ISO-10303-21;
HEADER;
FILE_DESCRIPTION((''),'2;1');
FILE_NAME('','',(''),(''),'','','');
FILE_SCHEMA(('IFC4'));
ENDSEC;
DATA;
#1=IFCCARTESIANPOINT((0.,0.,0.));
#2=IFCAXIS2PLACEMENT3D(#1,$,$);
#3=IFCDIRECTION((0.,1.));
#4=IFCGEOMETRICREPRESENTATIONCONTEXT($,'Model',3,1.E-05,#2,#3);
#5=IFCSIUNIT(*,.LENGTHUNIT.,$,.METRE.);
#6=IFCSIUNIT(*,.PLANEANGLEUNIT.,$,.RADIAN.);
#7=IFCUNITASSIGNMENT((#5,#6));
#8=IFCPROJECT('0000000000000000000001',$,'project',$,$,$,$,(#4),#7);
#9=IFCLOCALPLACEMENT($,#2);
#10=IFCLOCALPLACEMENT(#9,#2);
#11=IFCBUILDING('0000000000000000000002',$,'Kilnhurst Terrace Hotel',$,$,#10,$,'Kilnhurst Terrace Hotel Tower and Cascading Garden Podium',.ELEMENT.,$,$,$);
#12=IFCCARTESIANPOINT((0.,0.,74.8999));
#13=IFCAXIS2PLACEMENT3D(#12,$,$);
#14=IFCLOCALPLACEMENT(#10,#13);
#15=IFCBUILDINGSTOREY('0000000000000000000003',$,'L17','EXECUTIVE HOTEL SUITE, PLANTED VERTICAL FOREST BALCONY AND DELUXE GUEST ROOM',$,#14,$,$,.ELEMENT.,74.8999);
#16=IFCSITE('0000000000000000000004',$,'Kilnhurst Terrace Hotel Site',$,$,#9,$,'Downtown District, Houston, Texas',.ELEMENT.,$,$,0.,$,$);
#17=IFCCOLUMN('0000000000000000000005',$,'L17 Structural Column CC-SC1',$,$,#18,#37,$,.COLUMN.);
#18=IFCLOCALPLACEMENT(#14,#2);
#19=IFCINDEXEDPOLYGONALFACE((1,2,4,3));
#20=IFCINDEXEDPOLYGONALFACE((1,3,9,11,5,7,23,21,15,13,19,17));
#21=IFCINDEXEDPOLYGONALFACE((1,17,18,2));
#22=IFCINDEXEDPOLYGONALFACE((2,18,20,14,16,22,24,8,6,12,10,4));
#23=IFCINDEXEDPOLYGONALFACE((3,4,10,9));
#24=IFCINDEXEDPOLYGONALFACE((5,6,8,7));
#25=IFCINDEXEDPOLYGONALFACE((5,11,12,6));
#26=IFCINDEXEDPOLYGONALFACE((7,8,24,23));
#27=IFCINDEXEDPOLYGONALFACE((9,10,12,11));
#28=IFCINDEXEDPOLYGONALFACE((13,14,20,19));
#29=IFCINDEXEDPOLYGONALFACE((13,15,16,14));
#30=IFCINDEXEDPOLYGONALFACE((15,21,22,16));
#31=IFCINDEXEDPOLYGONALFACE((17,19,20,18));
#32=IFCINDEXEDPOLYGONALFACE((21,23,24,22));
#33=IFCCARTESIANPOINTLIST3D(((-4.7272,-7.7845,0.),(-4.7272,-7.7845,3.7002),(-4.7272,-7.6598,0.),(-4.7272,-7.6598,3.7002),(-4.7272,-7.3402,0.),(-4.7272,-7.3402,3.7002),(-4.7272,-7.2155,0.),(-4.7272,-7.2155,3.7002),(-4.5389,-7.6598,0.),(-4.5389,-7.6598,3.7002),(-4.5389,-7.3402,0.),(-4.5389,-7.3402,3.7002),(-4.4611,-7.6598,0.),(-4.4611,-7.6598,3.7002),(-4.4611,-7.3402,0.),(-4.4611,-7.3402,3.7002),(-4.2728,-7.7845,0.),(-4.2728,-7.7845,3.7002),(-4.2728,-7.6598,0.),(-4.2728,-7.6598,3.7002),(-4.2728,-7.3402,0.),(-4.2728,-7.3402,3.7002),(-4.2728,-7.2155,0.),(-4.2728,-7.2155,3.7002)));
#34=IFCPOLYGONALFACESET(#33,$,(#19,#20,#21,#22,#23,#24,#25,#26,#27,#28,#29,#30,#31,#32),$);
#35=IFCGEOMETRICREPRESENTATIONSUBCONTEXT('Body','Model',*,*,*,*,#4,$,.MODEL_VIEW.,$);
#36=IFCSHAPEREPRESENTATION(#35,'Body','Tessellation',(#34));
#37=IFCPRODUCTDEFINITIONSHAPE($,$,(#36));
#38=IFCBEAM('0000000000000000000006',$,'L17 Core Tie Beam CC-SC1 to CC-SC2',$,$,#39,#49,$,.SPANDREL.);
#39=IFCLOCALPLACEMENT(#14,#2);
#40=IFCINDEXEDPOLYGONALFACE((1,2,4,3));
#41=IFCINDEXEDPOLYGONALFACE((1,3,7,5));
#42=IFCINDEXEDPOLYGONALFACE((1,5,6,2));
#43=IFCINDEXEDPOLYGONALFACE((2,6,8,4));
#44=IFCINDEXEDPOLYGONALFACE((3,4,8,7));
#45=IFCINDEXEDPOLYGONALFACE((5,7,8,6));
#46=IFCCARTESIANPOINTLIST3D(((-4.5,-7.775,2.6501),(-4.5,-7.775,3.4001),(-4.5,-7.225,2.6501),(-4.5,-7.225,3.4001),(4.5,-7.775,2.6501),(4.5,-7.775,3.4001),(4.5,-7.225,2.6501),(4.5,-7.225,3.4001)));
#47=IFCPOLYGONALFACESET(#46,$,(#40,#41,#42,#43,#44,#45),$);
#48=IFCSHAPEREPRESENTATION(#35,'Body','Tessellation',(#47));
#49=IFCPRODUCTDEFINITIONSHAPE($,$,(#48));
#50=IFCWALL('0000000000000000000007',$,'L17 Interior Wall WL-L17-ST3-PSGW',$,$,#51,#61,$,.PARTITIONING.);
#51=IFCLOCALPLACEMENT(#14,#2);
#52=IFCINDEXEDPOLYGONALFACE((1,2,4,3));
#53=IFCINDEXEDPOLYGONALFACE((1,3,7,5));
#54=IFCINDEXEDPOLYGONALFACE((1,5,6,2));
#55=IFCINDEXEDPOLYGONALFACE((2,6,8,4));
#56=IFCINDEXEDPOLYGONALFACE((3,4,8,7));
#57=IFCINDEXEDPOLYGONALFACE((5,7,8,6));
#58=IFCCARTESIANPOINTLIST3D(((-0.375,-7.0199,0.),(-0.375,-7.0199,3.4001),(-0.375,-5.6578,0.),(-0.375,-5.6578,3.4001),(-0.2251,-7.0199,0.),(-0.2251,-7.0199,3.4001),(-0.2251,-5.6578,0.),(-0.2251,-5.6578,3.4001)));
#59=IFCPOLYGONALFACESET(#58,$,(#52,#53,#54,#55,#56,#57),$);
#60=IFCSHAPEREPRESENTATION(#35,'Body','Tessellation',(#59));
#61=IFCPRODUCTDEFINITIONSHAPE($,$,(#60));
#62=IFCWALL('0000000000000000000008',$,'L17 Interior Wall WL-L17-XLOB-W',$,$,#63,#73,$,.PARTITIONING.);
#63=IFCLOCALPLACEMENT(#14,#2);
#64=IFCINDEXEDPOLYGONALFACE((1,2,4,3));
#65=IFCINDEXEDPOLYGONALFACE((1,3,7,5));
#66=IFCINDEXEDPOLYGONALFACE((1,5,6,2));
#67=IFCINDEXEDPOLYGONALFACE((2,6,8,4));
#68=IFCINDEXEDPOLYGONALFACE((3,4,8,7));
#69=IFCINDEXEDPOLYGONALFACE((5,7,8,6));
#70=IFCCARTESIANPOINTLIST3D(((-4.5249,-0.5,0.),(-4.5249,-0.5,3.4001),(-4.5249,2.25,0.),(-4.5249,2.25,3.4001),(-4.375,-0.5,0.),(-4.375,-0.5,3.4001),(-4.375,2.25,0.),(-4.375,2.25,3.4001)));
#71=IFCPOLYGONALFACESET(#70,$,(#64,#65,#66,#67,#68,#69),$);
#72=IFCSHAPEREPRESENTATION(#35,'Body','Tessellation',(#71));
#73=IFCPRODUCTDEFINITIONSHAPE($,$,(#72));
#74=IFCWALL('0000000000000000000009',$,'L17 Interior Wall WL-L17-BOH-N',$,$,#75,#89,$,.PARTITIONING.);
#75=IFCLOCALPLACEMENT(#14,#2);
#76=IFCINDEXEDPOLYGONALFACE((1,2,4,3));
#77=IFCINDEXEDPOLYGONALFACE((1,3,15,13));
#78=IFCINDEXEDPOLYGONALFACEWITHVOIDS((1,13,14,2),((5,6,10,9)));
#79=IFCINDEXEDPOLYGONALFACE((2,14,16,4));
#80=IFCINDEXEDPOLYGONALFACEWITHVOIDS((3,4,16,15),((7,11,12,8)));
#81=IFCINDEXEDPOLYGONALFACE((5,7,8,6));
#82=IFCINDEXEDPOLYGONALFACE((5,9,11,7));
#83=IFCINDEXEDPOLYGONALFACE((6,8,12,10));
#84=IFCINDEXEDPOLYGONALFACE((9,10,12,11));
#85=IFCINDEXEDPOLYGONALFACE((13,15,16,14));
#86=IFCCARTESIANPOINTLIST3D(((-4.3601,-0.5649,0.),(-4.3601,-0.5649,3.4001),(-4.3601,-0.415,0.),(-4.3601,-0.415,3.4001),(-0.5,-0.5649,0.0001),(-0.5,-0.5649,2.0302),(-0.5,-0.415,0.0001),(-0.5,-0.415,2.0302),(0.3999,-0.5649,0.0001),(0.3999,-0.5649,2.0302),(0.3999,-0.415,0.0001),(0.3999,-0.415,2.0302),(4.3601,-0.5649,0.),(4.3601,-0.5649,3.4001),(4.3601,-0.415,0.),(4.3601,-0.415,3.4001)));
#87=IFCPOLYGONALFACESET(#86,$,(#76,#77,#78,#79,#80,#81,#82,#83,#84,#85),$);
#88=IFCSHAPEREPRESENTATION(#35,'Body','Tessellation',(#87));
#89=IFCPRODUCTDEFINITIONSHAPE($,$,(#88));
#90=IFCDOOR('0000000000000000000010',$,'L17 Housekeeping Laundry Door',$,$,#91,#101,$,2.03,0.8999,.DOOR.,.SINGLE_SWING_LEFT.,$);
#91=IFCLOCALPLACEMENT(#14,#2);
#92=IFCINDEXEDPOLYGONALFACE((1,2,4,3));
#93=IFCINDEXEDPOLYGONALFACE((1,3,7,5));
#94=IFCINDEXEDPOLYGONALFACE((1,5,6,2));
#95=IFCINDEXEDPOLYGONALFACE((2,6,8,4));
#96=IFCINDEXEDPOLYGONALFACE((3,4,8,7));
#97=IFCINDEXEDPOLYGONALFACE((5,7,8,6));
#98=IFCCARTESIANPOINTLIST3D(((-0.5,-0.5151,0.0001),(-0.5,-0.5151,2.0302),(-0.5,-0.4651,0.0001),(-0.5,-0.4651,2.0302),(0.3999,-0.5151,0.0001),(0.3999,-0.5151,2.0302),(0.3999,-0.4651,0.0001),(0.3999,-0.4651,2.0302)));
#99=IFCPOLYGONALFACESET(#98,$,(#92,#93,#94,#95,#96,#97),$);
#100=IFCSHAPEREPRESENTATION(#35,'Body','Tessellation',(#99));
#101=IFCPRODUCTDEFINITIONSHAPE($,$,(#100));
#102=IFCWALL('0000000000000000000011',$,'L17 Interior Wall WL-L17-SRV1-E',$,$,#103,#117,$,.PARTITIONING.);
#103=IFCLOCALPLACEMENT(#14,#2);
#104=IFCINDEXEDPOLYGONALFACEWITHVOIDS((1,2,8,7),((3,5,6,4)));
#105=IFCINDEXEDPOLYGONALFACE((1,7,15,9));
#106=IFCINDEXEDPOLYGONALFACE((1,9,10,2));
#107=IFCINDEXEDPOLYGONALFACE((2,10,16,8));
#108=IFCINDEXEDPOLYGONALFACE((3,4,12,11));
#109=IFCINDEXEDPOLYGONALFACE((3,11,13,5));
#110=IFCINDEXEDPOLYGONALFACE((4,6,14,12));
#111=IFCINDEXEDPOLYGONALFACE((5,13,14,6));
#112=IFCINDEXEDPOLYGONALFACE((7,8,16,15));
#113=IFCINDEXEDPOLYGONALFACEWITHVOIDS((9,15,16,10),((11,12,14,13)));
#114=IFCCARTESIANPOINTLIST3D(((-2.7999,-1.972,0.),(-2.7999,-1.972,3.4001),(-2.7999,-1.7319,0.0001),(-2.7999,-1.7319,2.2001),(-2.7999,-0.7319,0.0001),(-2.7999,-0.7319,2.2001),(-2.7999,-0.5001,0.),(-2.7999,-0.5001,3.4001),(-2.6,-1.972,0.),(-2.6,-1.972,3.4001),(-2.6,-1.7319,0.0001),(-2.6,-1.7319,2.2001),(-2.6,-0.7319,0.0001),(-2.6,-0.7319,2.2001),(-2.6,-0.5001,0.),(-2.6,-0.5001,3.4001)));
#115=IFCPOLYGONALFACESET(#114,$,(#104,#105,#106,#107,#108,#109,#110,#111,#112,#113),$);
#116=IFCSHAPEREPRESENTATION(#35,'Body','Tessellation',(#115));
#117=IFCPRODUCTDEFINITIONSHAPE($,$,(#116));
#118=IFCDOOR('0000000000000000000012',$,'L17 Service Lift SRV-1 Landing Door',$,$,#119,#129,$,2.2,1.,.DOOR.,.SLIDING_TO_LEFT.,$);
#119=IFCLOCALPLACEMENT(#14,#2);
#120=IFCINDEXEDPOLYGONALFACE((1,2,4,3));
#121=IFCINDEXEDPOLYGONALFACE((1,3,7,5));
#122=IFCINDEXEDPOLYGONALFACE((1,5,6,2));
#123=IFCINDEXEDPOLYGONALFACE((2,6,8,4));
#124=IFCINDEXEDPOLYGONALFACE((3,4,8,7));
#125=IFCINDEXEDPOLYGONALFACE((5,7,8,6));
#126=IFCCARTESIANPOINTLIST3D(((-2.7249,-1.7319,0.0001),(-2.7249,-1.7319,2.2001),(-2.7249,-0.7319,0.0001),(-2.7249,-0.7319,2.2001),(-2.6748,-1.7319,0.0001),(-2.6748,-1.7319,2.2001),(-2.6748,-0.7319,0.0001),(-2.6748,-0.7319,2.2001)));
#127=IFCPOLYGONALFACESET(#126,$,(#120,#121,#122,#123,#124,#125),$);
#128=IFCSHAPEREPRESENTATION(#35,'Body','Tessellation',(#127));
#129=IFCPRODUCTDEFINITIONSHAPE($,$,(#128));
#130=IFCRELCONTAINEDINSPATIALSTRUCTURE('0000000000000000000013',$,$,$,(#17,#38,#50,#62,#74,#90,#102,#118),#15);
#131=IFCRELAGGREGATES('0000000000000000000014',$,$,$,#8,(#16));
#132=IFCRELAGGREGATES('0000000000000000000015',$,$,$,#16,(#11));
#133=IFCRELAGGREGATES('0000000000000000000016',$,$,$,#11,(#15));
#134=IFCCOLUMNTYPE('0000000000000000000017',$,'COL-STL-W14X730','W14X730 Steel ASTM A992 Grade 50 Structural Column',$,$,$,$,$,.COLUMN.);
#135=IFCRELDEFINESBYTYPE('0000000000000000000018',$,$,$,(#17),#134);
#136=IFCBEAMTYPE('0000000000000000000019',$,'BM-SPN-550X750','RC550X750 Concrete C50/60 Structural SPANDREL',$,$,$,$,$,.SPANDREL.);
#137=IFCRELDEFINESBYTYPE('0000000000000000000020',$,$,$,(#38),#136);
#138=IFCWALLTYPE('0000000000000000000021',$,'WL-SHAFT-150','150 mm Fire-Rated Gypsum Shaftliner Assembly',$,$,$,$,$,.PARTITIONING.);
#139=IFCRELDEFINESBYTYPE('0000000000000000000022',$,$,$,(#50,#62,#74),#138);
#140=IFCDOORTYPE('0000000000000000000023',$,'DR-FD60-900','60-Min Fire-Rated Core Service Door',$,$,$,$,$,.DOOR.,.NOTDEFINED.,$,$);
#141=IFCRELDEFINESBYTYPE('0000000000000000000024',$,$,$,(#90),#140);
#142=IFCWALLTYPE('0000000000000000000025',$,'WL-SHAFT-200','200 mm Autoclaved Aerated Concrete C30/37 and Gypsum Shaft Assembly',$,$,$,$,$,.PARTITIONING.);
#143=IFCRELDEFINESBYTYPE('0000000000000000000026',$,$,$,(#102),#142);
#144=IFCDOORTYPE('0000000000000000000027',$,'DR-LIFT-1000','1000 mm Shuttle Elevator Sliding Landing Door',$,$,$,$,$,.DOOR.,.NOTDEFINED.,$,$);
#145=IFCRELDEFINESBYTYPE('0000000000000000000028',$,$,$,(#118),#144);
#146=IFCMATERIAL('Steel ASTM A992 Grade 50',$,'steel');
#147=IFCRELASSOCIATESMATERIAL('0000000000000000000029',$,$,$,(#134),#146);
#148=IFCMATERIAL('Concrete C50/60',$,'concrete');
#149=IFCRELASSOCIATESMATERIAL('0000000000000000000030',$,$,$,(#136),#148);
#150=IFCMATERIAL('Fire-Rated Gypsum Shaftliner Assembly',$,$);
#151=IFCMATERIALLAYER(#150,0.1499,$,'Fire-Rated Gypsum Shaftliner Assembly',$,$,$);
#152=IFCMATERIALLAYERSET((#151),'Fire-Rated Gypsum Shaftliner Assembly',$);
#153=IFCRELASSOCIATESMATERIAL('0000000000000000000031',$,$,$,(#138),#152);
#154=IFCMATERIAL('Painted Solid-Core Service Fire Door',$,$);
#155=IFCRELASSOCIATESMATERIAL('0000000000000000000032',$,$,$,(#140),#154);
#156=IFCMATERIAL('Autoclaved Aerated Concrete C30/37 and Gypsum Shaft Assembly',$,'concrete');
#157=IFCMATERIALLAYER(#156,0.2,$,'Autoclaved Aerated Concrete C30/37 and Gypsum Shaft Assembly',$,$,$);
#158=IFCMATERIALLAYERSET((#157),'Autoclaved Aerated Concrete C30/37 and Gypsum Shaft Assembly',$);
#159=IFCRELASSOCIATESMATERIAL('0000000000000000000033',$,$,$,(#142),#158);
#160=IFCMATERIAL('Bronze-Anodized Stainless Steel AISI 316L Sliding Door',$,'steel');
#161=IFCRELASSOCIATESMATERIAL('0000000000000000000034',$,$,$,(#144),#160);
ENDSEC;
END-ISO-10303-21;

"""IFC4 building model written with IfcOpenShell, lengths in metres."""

from ifc_helpers import new_model, si_unit, direction, frame, frame_2d, origin, origin_2d, place, context, subcontext, project, spatial, rectangle, i_section, extrude, material, layer, layer_set, material_profile, profile_set, type_object, element, fill, save


model = new_model("IFC4")

# Units and contexts
model_context = context("Model", 3, precision=1e-05, world=origin(), true_north=direction((0.0, 1.0)))
body_context = subcontext(model_context, "Body", "Model", "MODEL_VIEW")
ifc_project = project(units=[si_unit("LENGTHUNIT", "METRE"), si_unit("PLANEANGLEUNIT", "RADIAN")], contexts=[model_context])

# Site, building, storey
site_placement = place(None, origin())
site = spatial("IfcSite", under=ifc_project, at=site_placement, Name="Kilnhurst Terrace Hotel Site", LongName="Downtown District, Houston, Texas", CompositionType="ELEMENT", RefElevation=0.0)
building_placement = place(site_placement, origin())
building = spatial("IfcBuilding", under=site, at=building_placement, Name="Kilnhurst Terrace Hotel", LongName="Kilnhurst Terrace Hotel Tower and Cascading Garden Podium", CompositionType="ELEMENT")
storey_placement = place(building_placement, frame((0.0, 0.0, 74.8999)))
storey = spatial("IfcBuildingStorey", under=building, at=storey_placement, Name="L17", Description="EXECUTIVE HOTEL SUITE, PLANTED VERTICAL FOREST BALCONY AND DELUXE GUEST ROOM", CompositionType="ELEMENT", Elevation=74.8999)

# Column
ifc_material_1 = material(Name="Steel ASTM A992 Grade 50", Category="steel")
ifc_material_profile_1 = material_profile(ifc_material_1, i_section(OverallWidth=0.4543, OverallDepth=0.5691, WebThickness=0.0779, FlangeThickness=0.1248, at=origin_2d()), Name="W14X730")
ifc_profile_set_1 = profile_set([ifc_material_profile_1], Name="Steel ASTM A992 Grade 50")
column_type = type_object("IfcColumnType", Name="COL-STL-W14X730", Description="W14X730 Steel ASTM A992 Grade 50 Structural Column", PredefinedType="COLUMN", material=ifc_profile_set_1)
column_placement = place(storey_placement, frame((-4.5, -7.5, 0.0), z_axis=(0.0, 0.0, 1.0), x_axis=(1.0, 0.0, 0.0)))
element("IfcColumn", 1, at=column_placement, inside=storey, type_object=column_type, Name="L17 Structural Column CC-SC1", PredefinedType="COLUMN", context=body_context, shape_type="SweptSolid", body=[
    extrude(i_section(OverallWidth=0.4543, OverallDepth=0.5691, WebThickness=0.0779, FlangeThickness=0.1248, at=origin_2d()), origin(), (0.0, 0.0, 1.0), 3.7002),
])

# Beam
ifc_material_2 = material(Name="Concrete C50/60", Category="concrete")
ifc_material_profile_2 = material_profile(ifc_material_2, rectangle(XDim=0.55, YDim=0.75, at=origin_2d()), Name="RC550X750")
ifc_profile_set_2 = profile_set([ifc_material_profile_2], Name="Concrete C50/60")
beam_type = type_object("IfcBeamType", Name="BM-SPN-550X750", Description="RC550X750 Concrete C50/60 Structural SPANDREL", PredefinedType="SPANDREL", material=ifc_profile_set_2)
beam_placement = place(storey_placement, frame((-4.5, -7.5, 3.0251), z_axis=(1.0, 0.0, 0.0), x_axis=(0.0, 1.0, 0.0)))
element("IfcBeam", 2, at=beam_placement, inside=storey, type_object=beam_type, Name="L17 Core Tie Beam CC-SC1 to CC-SC2", PredefinedType="SPANDREL", context=body_context, shape_type="SweptSolid", body=[
    extrude(rectangle(XDim=0.55, YDim=0.75, at=origin_2d()), origin(), (0.0, 0.0, 1.0), 9.0),
])

# Walls
ifc_material_3 = material(Name="Fire-Rated Gypsum Shaftliner Assembly")
ifc_layer_1 = layer(ifc_material_3, 0.1499, Name="Fire-Rated Gypsum Shaftliner Assembly")
ifc_layer_set_1 = layer_set([ifc_layer_1], Name="Fire-Rated Gypsum Shaftliner Assembly")
wall_type_1 = type_object("IfcWallType", Name="WL-SHAFT-150", Description="150 mm Fire-Rated Gypsum Shaftliner Assembly", PredefinedType="PARTITIONING", material=ifc_layer_set_1)
wall_1_placement = place(storey_placement, frame((-0.3, -7.02, 0.0), z_axis=(0.0, 0.0, 1.0), x_axis=(0.0, 1.0, 0.0)))
element("IfcWall", 3, at=wall_1_placement, inside=storey, type_object=wall_type_1, Name="L17 Interior Wall WL-L17-ST3-PSGW", PredefinedType="PARTITIONING", context=body_context, shape_type="SweptSolid", body=[
    extrude(rectangle(XDim=1.3621, YDim=0.1499, at=frame_2d((0.6812, 0.0))), origin(), (0.0, 0.0, 1.0), 3.4001),
])
wall_2_placement = place(storey_placement, frame((-4.45, -0.5, 0.0), z_axis=(0.0, 0.0, 1.0), x_axis=(0.0, 1.0, 0.0)))
element("IfcWall", 4, at=wall_2_placement, inside=storey, type_object=wall_type_1, Name="L17 Interior Wall WL-L17-XLOB-W", PredefinedType="PARTITIONING", context=body_context, shape_type="SweptSolid", body=[
    extrude(rectangle(XDim=2.75, YDim=0.1499, at=frame_2d((1.375, 0.0))), origin(), (0.0, 0.0, 1.0), 3.4001),
])

# Walls, openings, doors
wall_3_placement = place(storey_placement, frame((-4.3601, -0.49, 0.0), z_axis=(0.0, 0.0, 1.0), x_axis=(1.0, 0.0, 0.0)))
wall_3 = element("IfcWall", 5, at=wall_3_placement, inside=storey, type_object=wall_type_1, Name="L17 Interior Wall WL-L17-BOH-N", PredefinedType="PARTITIONING", context=body_context, shape_type="SweptSolid", body=[
    extrude(rectangle(XDim=8.7202, YDim=0.1499, at=frame_2d((4.3601, 0.0))), origin(), (0.0, 0.0, 1.0), 3.4001),
])
opening_1_placement = place(wall_3_placement, frame((3.8601, 0.0, 0.0)))
opening_1 = element("IfcOpeningElement", 6, at=opening_1_placement, cuts=wall_3, PredefinedType="OPENING", context=body_context, shape_type="SweptSolid", body=[
    extrude(rectangle(XDim=0.8999, YDim=2.03, at=frame_2d((0.45, 1.0151))), frame((0.0, 0.085, 0.0), z_axis=(0.0, -1.0, 0.0), x_axis=(1.0, 0.0, 0.0)), (0.0, 0.0, 1.0), 0.1699),
])
ifc_material_4 = material(Name="Painted Solid-Core Service Fire Door")
door_type_1 = type_object("IfcDoorType", Name="DR-FD60-900", Description="60-Min Fire-Rated Core Service Door", OperationType="NOTDEFINED", PredefinedType="DOOR", material=ifc_material_4)
door_1_placement = place(opening_1_placement, origin())
door_1 = element("IfcDoor", 7, at=door_1_placement, inside=storey, type_object=door_type_1, Name="L17 Housekeeping Laundry Door", OperationType="SINGLE_SWING_LEFT", OverallHeight=2.03, OverallWidth=0.8999, PredefinedType="DOOR", context=body_context, shape_type="SweptSolid", body=[
    extrude(rectangle(XDim=0.8999, YDim=2.03, at=frame_2d((0.45, 1.0151))), frame((0.0, 0.0249, 0.0), z_axis=(0.0, -1.0, 0.0), x_axis=(1.0, 0.0, 0.0)), (0.0, 0.0, 1.0), 0.05),
])
fill(opening_1, door_1)
ifc_material_5 = material(Name="Autoclaved Aerated Concrete C30/37 and Gypsum Shaft Assembly", Category="concrete")
ifc_layer_2 = layer(ifc_material_5, 0.2, Name="Autoclaved Aerated Concrete C30/37 and Gypsum Shaft Assembly")
ifc_layer_set_2 = layer_set([ifc_layer_2], Name="Autoclaved Aerated Concrete C30/37 and Gypsum Shaft Assembly")
wall_type_2 = type_object("IfcWallType", Name="WL-SHAFT-200", Description="200 mm Autoclaved Aerated Concrete C30/37 and Gypsum Shaft Assembly", PredefinedType="PARTITIONING", material=ifc_layer_set_2)
wall_4_placement = place(storey_placement, frame((-2.7, -1.9719, 0.0), z_axis=(0.0, 0.0, 1.0), x_axis=(0.0, 1.0, 0.0)))
wall_4 = element("IfcWall", 8, at=wall_4_placement, inside=storey, type_object=wall_type_2, Name="L17 Interior Wall WL-L17-SRV1-E", PredefinedType="PARTITIONING", context=body_context, shape_type="SweptSolid", body=[
    extrude(rectangle(XDim=1.4719, YDim=0.2, at=frame_2d((0.7358, 0.0))), origin(), (0.0, 0.0, 1.0), 3.4001),
])
opening_2_placement = place(wall_4_placement, frame((0.24, 0.0, 0.0)))
opening_2 = element("IfcOpeningElement", 9, at=opening_2_placement, cuts=wall_4, PredefinedType="OPENING", context=body_context, shape_type="SweptSolid", body=[
    extrude(rectangle(XDim=1.0, YDim=2.2, at=frame_2d((0.5, 1.1001))), frame((0.0, 0.1099, 0.0), z_axis=(0.0, -1.0, 0.0), x_axis=(1.0, 0.0, 0.0)), (0.0, 0.0, 1.0), 0.22),
])
ifc_material_6 = material(Name="Bronze-Anodized Stainless Steel AISI 316L Sliding Door", Category="steel")
door_type_2 = type_object("IfcDoorType", Name="DR-LIFT-1000", Description="1000 mm Shuttle Elevator Sliding Landing Door", OperationType="NOTDEFINED", PredefinedType="DOOR", material=ifc_material_6)
door_2_placement = place(opening_2_placement, origin())
door_2 = element("IfcDoor", 10, at=door_2_placement, inside=storey, type_object=door_type_2, Name="L17 Service Lift SRV-1 Landing Door", OperationType="SLIDING_TO_LEFT", OverallHeight=2.2, OverallWidth=1.0, PredefinedType="DOOR", context=body_context, shape_type="SweptSolid", body=[
    extrude(rectangle(XDim=1.0, YDim=2.2, at=frame_2d((0.5, 1.1001))), frame((0.0, 0.0249, 0.0), z_axis=(0.0, -1.0, 0.0), x_axis=(1.0, 0.0, 0.0)), (0.0, 0.0, 1.0), 0.05),
])
fill(opening_2, door_2)

save(model, "model.ifc")
